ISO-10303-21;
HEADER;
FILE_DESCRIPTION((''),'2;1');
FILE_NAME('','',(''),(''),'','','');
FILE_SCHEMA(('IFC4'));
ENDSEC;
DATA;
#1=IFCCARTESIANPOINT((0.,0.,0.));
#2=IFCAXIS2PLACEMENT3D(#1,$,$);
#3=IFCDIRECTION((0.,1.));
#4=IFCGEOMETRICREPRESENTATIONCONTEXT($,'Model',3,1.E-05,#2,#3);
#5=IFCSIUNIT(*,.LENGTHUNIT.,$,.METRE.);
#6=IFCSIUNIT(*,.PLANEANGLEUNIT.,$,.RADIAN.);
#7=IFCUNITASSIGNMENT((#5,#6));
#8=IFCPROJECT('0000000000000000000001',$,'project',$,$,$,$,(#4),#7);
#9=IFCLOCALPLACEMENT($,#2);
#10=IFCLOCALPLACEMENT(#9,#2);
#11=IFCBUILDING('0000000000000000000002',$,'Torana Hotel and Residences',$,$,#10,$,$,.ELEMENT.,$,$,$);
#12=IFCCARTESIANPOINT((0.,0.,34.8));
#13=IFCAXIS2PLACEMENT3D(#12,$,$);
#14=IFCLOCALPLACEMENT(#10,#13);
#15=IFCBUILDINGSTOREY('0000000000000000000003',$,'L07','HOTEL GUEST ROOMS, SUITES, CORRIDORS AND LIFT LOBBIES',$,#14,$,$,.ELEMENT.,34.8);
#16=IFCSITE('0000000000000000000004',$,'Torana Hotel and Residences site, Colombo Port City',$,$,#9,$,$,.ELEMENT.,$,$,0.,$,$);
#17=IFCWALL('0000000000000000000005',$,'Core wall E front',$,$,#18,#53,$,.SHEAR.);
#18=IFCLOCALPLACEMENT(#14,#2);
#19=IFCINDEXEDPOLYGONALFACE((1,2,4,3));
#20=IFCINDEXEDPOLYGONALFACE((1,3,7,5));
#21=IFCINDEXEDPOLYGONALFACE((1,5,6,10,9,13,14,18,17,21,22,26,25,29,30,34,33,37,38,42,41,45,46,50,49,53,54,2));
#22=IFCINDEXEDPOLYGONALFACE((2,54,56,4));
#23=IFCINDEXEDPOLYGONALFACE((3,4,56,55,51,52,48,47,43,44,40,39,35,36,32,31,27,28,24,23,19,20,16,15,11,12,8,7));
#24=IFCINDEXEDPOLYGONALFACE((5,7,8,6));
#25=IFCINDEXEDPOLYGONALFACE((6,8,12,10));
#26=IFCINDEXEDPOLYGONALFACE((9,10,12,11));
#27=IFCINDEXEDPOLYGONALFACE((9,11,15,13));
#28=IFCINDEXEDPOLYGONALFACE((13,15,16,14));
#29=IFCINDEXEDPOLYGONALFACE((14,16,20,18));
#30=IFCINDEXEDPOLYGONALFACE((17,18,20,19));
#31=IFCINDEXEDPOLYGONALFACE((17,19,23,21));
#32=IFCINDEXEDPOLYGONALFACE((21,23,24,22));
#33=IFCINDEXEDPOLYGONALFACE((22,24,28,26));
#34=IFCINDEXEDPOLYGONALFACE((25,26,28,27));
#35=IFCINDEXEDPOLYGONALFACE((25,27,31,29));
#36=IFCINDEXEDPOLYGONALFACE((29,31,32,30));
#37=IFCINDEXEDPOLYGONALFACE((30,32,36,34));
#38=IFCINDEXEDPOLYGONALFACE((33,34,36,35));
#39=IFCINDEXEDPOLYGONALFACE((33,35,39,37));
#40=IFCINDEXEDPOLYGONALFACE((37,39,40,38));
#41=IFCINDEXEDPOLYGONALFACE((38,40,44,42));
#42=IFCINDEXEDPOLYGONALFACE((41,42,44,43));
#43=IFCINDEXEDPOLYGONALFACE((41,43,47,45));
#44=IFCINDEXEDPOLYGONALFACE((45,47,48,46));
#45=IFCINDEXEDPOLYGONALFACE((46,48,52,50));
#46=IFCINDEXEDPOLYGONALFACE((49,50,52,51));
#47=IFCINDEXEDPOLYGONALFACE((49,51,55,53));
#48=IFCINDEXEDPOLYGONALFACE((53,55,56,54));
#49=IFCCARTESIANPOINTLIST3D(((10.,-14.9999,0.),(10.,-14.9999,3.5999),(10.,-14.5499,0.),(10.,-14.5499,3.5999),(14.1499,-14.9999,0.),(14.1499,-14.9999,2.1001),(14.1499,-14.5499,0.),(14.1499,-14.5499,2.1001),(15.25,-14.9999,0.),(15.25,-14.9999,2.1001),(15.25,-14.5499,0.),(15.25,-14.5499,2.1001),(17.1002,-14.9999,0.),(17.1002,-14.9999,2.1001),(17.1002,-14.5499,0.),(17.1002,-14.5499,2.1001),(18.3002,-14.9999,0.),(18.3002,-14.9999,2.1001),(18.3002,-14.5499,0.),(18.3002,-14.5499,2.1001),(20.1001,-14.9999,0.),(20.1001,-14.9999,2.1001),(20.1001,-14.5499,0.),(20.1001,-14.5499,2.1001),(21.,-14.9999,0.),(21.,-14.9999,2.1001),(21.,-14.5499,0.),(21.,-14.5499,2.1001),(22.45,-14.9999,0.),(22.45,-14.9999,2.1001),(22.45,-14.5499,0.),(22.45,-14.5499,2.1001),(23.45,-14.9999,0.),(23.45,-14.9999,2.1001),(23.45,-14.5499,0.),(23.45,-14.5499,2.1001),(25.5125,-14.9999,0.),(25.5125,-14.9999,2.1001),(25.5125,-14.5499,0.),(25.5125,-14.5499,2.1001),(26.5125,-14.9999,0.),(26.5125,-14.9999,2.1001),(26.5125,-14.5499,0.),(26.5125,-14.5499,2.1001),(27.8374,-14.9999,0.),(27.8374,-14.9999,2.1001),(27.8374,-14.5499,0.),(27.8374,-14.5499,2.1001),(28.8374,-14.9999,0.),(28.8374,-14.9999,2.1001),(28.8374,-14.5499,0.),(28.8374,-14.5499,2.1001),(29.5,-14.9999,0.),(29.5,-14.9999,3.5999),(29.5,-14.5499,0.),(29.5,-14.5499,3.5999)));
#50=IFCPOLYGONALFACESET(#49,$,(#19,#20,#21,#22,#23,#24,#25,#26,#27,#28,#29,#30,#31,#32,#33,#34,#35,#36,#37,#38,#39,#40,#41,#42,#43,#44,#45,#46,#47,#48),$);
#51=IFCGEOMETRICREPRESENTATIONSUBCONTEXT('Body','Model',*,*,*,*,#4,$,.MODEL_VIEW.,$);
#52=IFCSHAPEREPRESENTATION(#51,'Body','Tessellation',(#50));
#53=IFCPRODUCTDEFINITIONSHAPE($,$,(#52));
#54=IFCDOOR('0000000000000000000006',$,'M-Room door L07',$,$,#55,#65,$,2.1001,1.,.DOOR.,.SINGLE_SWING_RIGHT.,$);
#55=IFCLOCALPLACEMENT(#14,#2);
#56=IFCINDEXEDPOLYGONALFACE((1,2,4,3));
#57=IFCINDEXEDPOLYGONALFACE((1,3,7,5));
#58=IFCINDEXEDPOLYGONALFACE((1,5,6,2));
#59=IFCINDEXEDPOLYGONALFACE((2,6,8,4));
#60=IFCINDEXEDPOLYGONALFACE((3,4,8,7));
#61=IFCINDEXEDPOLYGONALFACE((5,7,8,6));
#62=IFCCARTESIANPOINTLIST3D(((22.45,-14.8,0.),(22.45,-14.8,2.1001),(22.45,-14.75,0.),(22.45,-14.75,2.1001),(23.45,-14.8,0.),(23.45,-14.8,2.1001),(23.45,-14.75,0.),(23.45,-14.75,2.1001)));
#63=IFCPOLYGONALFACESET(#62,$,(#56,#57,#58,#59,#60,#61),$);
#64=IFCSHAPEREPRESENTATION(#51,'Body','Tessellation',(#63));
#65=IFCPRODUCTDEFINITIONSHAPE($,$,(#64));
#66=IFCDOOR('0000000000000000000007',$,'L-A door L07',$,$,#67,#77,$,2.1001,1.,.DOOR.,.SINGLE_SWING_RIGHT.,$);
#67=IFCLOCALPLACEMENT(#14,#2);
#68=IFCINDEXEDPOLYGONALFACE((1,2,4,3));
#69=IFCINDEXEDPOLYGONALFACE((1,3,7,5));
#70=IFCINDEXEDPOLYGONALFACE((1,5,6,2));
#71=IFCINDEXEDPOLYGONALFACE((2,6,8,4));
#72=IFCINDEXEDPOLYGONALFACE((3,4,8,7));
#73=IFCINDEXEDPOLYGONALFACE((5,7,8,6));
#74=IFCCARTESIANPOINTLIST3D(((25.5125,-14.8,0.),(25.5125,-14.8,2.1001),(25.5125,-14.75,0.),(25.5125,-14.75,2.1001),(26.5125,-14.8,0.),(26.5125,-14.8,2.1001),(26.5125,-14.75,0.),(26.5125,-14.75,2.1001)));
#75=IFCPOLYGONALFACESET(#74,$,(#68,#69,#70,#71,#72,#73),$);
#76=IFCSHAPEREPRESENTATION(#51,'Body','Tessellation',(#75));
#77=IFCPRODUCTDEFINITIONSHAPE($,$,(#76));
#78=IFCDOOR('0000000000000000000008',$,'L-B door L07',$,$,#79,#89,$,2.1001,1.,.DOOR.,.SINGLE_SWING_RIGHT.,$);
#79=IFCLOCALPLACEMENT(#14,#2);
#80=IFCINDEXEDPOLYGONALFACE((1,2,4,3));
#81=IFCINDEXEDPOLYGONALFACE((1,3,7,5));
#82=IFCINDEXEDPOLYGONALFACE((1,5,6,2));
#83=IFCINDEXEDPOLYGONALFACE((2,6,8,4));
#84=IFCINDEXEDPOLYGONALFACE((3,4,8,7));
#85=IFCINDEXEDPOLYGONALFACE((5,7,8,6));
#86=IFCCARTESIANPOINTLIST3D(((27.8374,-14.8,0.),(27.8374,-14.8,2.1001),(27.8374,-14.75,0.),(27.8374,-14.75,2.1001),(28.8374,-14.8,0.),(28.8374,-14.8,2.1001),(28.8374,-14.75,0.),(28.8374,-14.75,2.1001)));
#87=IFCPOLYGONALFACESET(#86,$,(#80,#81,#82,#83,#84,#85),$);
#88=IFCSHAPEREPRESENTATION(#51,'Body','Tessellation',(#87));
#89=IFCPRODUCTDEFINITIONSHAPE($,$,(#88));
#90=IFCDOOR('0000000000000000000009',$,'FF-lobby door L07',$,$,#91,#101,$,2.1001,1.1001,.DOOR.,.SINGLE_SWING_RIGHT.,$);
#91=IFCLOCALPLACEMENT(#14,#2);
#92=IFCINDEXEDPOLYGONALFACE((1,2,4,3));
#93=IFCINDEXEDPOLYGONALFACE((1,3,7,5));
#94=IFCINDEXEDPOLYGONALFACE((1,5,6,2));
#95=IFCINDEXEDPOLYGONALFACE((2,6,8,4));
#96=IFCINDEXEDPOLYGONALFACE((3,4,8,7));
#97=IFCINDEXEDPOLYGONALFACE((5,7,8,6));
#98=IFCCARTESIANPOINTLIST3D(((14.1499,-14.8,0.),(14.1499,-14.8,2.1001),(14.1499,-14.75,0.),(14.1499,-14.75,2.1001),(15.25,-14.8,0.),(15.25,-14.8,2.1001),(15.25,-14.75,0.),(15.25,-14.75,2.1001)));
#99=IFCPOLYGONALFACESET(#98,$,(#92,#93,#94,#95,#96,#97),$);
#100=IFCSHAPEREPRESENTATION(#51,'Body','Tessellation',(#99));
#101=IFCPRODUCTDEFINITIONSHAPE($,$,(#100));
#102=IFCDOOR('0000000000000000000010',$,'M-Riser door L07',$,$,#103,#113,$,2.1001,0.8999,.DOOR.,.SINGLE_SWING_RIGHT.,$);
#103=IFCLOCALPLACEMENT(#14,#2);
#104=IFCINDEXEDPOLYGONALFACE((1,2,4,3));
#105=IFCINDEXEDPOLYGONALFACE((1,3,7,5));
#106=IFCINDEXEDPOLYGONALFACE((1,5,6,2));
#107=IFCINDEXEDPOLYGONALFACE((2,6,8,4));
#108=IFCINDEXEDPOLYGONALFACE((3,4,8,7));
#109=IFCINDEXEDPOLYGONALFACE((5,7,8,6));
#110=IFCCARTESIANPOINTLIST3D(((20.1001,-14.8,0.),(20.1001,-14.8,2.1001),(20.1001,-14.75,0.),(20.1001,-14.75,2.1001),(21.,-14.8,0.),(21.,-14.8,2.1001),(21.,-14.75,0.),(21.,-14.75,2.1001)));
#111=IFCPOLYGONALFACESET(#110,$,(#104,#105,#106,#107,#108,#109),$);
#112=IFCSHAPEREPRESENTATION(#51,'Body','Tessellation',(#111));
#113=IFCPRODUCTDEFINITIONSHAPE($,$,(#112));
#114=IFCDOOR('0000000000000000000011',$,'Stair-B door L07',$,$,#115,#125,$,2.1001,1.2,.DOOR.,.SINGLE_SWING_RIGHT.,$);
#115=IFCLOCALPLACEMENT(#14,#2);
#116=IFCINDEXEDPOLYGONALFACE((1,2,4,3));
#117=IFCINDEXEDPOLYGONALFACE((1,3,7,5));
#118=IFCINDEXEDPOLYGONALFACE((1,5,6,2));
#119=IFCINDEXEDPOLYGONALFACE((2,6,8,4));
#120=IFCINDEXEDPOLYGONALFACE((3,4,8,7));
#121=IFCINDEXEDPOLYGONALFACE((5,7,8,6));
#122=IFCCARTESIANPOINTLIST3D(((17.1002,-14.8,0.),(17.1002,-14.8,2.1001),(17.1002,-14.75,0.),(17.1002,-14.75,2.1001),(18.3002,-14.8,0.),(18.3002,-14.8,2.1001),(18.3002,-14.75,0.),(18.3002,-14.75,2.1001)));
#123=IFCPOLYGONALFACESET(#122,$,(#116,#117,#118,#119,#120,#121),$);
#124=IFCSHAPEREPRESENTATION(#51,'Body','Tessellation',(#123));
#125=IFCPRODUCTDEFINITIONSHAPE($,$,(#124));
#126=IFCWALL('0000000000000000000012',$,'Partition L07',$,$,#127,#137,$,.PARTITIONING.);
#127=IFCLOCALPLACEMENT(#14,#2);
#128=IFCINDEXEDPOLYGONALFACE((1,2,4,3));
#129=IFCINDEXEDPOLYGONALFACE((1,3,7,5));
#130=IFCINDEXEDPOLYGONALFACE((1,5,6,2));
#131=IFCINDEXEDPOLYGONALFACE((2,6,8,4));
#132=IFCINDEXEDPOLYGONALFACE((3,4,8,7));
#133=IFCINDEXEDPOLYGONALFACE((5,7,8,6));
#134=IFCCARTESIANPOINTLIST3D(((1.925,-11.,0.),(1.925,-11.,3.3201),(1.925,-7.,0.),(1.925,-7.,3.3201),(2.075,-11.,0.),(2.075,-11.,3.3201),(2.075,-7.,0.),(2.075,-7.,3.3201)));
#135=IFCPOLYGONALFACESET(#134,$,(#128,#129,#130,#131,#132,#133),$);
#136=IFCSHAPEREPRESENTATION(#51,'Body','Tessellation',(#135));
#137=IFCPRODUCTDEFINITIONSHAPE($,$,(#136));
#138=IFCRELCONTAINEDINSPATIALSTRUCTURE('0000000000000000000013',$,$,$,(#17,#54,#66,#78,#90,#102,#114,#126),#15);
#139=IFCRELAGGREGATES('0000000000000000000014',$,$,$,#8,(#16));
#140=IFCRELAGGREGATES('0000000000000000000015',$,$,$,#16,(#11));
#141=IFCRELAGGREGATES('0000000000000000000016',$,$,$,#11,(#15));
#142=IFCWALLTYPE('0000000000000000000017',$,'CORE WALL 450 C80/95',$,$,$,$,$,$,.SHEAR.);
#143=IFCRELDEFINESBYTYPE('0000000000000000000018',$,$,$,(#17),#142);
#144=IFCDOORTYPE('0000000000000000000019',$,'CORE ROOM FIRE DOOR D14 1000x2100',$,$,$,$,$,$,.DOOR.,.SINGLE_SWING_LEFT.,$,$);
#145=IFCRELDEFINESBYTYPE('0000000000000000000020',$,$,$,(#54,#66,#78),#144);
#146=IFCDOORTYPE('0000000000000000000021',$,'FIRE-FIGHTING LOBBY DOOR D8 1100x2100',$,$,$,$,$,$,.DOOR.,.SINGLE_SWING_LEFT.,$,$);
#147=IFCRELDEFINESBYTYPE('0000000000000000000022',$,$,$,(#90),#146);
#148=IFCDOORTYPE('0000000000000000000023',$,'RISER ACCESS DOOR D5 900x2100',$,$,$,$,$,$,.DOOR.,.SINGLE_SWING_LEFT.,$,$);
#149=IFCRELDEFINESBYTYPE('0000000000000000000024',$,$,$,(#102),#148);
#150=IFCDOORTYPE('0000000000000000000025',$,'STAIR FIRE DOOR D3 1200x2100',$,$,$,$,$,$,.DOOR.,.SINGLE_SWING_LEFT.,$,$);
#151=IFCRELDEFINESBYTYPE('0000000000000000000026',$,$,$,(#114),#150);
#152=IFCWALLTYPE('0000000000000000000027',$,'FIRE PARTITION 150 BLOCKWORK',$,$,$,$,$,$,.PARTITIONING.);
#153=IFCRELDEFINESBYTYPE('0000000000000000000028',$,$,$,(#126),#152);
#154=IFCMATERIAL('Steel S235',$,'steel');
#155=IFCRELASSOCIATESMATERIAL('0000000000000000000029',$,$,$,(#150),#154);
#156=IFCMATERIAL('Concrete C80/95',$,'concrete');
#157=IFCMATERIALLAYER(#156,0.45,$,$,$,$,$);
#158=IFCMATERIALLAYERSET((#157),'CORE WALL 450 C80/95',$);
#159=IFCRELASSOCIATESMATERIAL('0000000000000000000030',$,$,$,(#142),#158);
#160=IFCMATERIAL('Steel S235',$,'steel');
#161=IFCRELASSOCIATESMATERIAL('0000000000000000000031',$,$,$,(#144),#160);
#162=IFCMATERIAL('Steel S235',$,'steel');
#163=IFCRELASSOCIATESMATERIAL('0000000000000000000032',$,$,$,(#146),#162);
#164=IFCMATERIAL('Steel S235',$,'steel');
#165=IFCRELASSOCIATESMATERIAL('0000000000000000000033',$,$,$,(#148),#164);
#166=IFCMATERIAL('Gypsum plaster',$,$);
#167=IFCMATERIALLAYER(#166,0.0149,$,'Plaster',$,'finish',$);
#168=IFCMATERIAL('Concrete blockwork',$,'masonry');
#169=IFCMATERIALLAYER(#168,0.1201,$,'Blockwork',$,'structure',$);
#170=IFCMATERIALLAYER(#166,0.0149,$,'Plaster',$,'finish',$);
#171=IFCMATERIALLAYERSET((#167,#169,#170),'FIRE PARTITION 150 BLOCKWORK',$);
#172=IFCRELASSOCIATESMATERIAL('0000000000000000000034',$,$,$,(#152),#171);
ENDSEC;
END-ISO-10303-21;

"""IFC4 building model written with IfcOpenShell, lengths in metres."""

from ifc_helpers import new_model, si_unit, direction, frame, frame_2d, origin, place, context, subcontext, project, spatial, rectangle, extrude, material, layer, layer_set, type_object, element, fill, save


model = new_model("IFC4")

# Units and contexts
model_context = context("Model", 3, precision=1e-05, world=origin(), true_north=direction((0.0, 1.0)))
body_context = subcontext(model_context, "Body", "Model", "MODEL_VIEW")
ifc_project = project(units=[si_unit("LENGTHUNIT", "METRE"), si_unit("PLANEANGLEUNIT", "RADIAN")], contexts=[model_context])

# Site, building, storey
site_placement = place(None, origin())
site = spatial("IfcSite", under=ifc_project, at=site_placement, Name="Torana Hotel and Residences site, Colombo Port City", CompositionType="ELEMENT", RefElevation=0.0)
building_placement = place(site_placement, origin())
building = spatial("IfcBuilding", under=site, at=building_placement, Name="Torana Hotel and Residences", CompositionType="ELEMENT")
storey_placement = place(building_placement, frame((0.0, 0.0, 34.8)))
storey = spatial("IfcBuildingStorey", under=building, at=storey_placement, Name="L07", Description="HOTEL GUEST ROOMS, SUITES, CORRIDORS AND LIFT LOBBIES", CompositionType="ELEMENT", Elevation=34.8)

# Wall, openings, doors
ifc_material_1 = material(Name="Steel S235", Category="steel")
door_type_1 = type_object("IfcDoorType", Name="STAIR FIRE DOOR D3 1200x2100", OperationType="SINGLE_SWING_LEFT", PredefinedType="DOOR", material=ifc_material_1)
ifc_material_2 = material(Name="Concrete C80/95", Category="concrete")
ifc_layer_1 = layer(ifc_material_2, 0.45)
ifc_layer_set_1 = layer_set([ifc_layer_1], Name="CORE WALL 450 C80/95")
wall_type_1 = type_object("IfcWallType", Name="CORE WALL 450 C80/95", PredefinedType="SHEAR", material=ifc_layer_set_1)
wall_1_placement = place(storey_placement, frame((10.0, -14.7749, 0.0), z_axis=(0.0, 0.0, 1.0), x_axis=(1.0, 0.0, 0.0)))
wall_1 = element("IfcWall", 1, at=wall_1_placement, inside=storey, type_object=wall_type_1, Name="Core wall E front", PredefinedType="SHEAR", context=body_context, shape_type="SweptSolid", body=[
    extrude(rectangle(XDim=19.5, YDim=0.45, at=frame_2d((9.75, 0.0))), origin(), (0.0, 0.0, 1.0), 3.5999),
])
opening_1_placement = place(wall_1_placement, frame((7.1001, 0.0, 0.0)))
opening_1 = element("IfcOpeningElement", 2, at=opening_1_placement, cuts=wall_1, PredefinedType="OPENING", context=body_context, shape_type="SweptSolid", body=[
    extrude(rectangle(XDim=1.2, YDim=2.1001, at=frame_2d((0.6001, 1.05))), frame((0.0, 0.2349, 0.0), z_axis=(0.0, -1.0, 0.0), x_axis=(1.0, 0.0, 0.0)), (0.0, 0.0, 1.0), 0.47),
])
opening_2_placement = place(wall_1_placement, frame((4.1499, 0.0, 0.0)))
opening_2 = element("IfcOpeningElement", 3, at=opening_2_placement, cuts=wall_1, PredefinedType="OPENING", context=body_context, shape_type="SweptSolid", body=[
    extrude(rectangle(XDim=1.1001, YDim=2.1001, at=frame_2d((0.55, 1.05))), frame((0.0, 0.2349, 0.0), z_axis=(0.0, -1.0, 0.0), x_axis=(1.0, 0.0, 0.0)), (0.0, 0.0, 1.0), 0.47),
])
opening_3_placement = place(wall_1_placement, frame((10.1001, 0.0, 0.0)))
opening_3 = element("IfcOpeningElement", 4, at=opening_3_placement, cuts=wall_1, PredefinedType="OPENING", context=body_context, shape_type="SweptSolid", body=[
    extrude(rectangle(XDim=0.8999, YDim=2.1001, at=frame_2d((0.45, 1.05))), frame((0.0, 0.2349, 0.0), z_axis=(0.0, -1.0, 0.0), x_axis=(1.0, 0.0, 0.0)), (0.0, 0.0, 1.0), 0.47),
])
opening_4_placement = place(wall_1_placement, frame((12.45, 0.0, 0.0)))
opening_4 = element("IfcOpeningElement", 5, at=opening_4_placement, cuts=wall_1, PredefinedType="OPENING", context=body_context, shape_type="SweptSolid", body=[
    extrude(rectangle(XDim=1.0, YDim=2.1001, at=frame_2d((0.5, 1.05))), frame((0.0, 0.2349, 0.0), z_axis=(0.0, -1.0, 0.0), x_axis=(1.0, 0.0, 0.0)), (0.0, 0.0, 1.0), 0.47),
])
opening_5_placement = place(wall_1_placement, frame((15.5125, 0.0, 0.0)))
opening_5 = element("IfcOpeningElement", 6, at=opening_5_placement, cuts=wall_1, PredefinedType="OPENING", context=body_context, shape_type="SweptSolid", body=[
    extrude(rectangle(XDim=1.0, YDim=2.1001, at=frame_2d((0.5, 1.05))), frame((0.0, 0.2349, 0.0), z_axis=(0.0, -1.0, 0.0), x_axis=(1.0, 0.0, 0.0)), (0.0, 0.0, 1.0), 0.47),
])
opening_6_placement = place(wall_1_placement, frame((17.8374, 0.0, 0.0)))
opening_6 = element("IfcOpeningElement", 7, at=opening_6_placement, cuts=wall_1, PredefinedType="OPENING", context=body_context, shape_type="SweptSolid", body=[
    extrude(rectangle(XDim=1.0, YDim=2.1001, at=frame_2d((0.5, 1.05))), frame((0.0, 0.2349, 0.0), z_axis=(0.0, -1.0, 0.0), x_axis=(1.0, 0.0, 0.0)), (0.0, 0.0, 1.0), 0.47),
])
ifc_material_3 = material(Name="Steel S235", Category="steel")
door_type_2 = type_object("IfcDoorType", Name="CORE ROOM FIRE DOOR D14 1000x2100", OperationType="SINGLE_SWING_LEFT", PredefinedType="DOOR", material=ifc_material_3)
door_1_placement = place(opening_4_placement, origin())
door_1 = element("IfcDoor", 8, at=door_1_placement, inside=storey, type_object=door_type_2, Name="M-Room door L07", OperationType="SINGLE_SWING_RIGHT", OverallHeight=2.1001, OverallWidth=1.0, PredefinedType="DOOR", context=body_context, shape_type="SweptSolid", body=[
    extrude(rectangle(XDim=1.0, YDim=2.1001, at=frame_2d((0.5, 1.05))), frame((0.0, 0.0249, 0.0), z_axis=(0.0, -1.0, 0.0), x_axis=(1.0, 0.0, 0.0)), (0.0, 0.0, 1.0), 0.05),
])
fill(opening_4, door_1)
door_2_placement = place(opening_5_placement, origin())
door_2 = element("IfcDoor", 9, at=door_2_placement, inside=storey, type_object=door_type_2, Name="L-A door L07", OperationType="SINGLE_SWING_RIGHT", OverallHeight=2.1001, OverallWidth=1.0, PredefinedType="DOOR", context=body_context, shape_type="SweptSolid", body=[
    extrude(rectangle(XDim=1.0, YDim=2.1001, at=frame_2d((0.5, 1.05))), frame((0.0, 0.0249, 0.0), z_axis=(0.0, -1.0, 0.0), x_axis=(1.0, 0.0, 0.0)), (0.0, 0.0, 1.0), 0.05),
])
fill(opening_5, door_2)
door_3_placement = place(opening_6_placement, origin())
door_3 = element("IfcDoor", 10, at=door_3_placement, inside=storey, type_object=door_type_2, Name="L-B door L07", OperationType="SINGLE_SWING_RIGHT", OverallHeight=2.1001, OverallWidth=1.0, PredefinedType="DOOR", context=body_context, shape_type="SweptSolid", body=[
    extrude(rectangle(XDim=1.0, YDim=2.1001, at=frame_2d((0.5, 1.05))), frame((0.0, 0.0249, 0.0), z_axis=(0.0, -1.0, 0.0), x_axis=(1.0, 0.0, 0.0)), (0.0, 0.0, 1.0), 0.05),
])
fill(opening_6, door_3)
ifc_material_4 = material(Name="Steel S235", Category="steel")
door_type_3 = type_object("IfcDoorType", Name="FIRE-FIGHTING LOBBY DOOR D8 1100x2100", OperationType="SINGLE_SWING_LEFT", PredefinedType="DOOR", material=ifc_material_4)
door_4_placement = place(opening_2_placement, origin())
door_4 = element("IfcDoor", 11, at=door_4_placement, inside=storey, type_object=door_type_3, Name="FF-lobby door L07", OperationType="SINGLE_SWING_RIGHT", OverallHeight=2.1001, OverallWidth=1.1001, PredefinedType="DOOR", context=body_context, shape_type="SweptSolid", body=[
    extrude(rectangle(XDim=1.1001, YDim=2.1001, at=frame_2d((0.55, 1.05))), frame((0.0, 0.0249, 0.0), z_axis=(0.0, -1.0, 0.0), x_axis=(1.0, 0.0, 0.0)), (0.0, 0.0, 1.0), 0.05),
])
fill(opening_2, door_4)
ifc_material_5 = material(Name="Steel S235", Category="steel")
door_type_4 = type_object("IfcDoorType", Name="RISER ACCESS DOOR D5 900x2100", OperationType="SINGLE_SWING_LEFT", PredefinedType="DOOR", material=ifc_material_5)
door_5_placement = place(opening_3_placement, origin())
door_5 = element("IfcDoor", 12, at=door_5_placement, inside=storey, type_object=door_type_4, Name="M-Riser door L07", OperationType="SINGLE_SWING_RIGHT", OverallHeight=2.1001, OverallWidth=0.8999, PredefinedType="DOOR", context=body_context, shape_type="SweptSolid", body=[
    extrude(rectangle(XDim=0.8999, YDim=2.1001, at=frame_2d((0.45, 1.05))), frame((0.0, 0.0249, 0.0), z_axis=(0.0, -1.0, 0.0), x_axis=(1.0, 0.0, 0.0)), (0.0, 0.0, 1.0), 0.05),
])
fill(opening_3, door_5)
door_6_placement = place(opening_1_placement, origin())
door_6 = element("IfcDoor", 13, at=door_6_placement, inside=storey, type_object=door_type_1, Name="Stair-B door L07", OperationType="SINGLE_SWING_RIGHT", OverallHeight=2.1001, OverallWidth=1.2, PredefinedType="DOOR", context=body_context, shape_type="SweptSolid", body=[
    extrude(rectangle(XDim=1.2, YDim=2.1001, at=frame_2d((0.6001, 1.05))), frame((0.0, 0.0249, 0.0), z_axis=(0.0, -1.0, 0.0), x_axis=(1.0, 0.0, 0.0)), (0.0, 0.0, 1.0), 0.05),
])
fill(opening_1, door_6)

# Wall
ifc_material_6 = material(Name="Gypsum plaster")
ifc_layer_2 = layer(ifc_material_6, 0.0149, Name="Plaster", Category="finish")
ifc_material_7 = material(Name="Concrete blockwork", Category="masonry")
ifc_layer_3 = layer(ifc_material_7, 0.1201, Name="Blockwork", Category="structure")
ifc_layer_4 = layer(ifc_material_6, 0.0149, Name="Plaster", Category="finish")
ifc_layer_set_2 = layer_set([ifc_layer_2, ifc_layer_3, ifc_layer_4], Name="FIRE PARTITION 150 BLOCKWORK")
wall_type_2 = type_object("IfcWallType", Name="FIRE PARTITION 150 BLOCKWORK", PredefinedType="PARTITIONING", material=ifc_layer_set_2)
wall_2_placement = place(storey_placement, frame((2.0, -11.0, 0.0), z_axis=(0.0, 0.0, 1.0), x_axis=(0.0, 1.0, 0.0)))
element("IfcWall", 14, at=wall_2_placement, inside=storey, type_object=wall_type_2, Name="Partition L07", PredefinedType="PARTITIONING", context=body_context, shape_type="SweptSolid", body=[
    extrude(rectangle(XDim=4.0, YDim=0.1499, at=frame_2d((2.0, 0.0))), origin(), (0.0, 0.0, 1.0), 3.3201),
])

save(model, "model.ifc")
